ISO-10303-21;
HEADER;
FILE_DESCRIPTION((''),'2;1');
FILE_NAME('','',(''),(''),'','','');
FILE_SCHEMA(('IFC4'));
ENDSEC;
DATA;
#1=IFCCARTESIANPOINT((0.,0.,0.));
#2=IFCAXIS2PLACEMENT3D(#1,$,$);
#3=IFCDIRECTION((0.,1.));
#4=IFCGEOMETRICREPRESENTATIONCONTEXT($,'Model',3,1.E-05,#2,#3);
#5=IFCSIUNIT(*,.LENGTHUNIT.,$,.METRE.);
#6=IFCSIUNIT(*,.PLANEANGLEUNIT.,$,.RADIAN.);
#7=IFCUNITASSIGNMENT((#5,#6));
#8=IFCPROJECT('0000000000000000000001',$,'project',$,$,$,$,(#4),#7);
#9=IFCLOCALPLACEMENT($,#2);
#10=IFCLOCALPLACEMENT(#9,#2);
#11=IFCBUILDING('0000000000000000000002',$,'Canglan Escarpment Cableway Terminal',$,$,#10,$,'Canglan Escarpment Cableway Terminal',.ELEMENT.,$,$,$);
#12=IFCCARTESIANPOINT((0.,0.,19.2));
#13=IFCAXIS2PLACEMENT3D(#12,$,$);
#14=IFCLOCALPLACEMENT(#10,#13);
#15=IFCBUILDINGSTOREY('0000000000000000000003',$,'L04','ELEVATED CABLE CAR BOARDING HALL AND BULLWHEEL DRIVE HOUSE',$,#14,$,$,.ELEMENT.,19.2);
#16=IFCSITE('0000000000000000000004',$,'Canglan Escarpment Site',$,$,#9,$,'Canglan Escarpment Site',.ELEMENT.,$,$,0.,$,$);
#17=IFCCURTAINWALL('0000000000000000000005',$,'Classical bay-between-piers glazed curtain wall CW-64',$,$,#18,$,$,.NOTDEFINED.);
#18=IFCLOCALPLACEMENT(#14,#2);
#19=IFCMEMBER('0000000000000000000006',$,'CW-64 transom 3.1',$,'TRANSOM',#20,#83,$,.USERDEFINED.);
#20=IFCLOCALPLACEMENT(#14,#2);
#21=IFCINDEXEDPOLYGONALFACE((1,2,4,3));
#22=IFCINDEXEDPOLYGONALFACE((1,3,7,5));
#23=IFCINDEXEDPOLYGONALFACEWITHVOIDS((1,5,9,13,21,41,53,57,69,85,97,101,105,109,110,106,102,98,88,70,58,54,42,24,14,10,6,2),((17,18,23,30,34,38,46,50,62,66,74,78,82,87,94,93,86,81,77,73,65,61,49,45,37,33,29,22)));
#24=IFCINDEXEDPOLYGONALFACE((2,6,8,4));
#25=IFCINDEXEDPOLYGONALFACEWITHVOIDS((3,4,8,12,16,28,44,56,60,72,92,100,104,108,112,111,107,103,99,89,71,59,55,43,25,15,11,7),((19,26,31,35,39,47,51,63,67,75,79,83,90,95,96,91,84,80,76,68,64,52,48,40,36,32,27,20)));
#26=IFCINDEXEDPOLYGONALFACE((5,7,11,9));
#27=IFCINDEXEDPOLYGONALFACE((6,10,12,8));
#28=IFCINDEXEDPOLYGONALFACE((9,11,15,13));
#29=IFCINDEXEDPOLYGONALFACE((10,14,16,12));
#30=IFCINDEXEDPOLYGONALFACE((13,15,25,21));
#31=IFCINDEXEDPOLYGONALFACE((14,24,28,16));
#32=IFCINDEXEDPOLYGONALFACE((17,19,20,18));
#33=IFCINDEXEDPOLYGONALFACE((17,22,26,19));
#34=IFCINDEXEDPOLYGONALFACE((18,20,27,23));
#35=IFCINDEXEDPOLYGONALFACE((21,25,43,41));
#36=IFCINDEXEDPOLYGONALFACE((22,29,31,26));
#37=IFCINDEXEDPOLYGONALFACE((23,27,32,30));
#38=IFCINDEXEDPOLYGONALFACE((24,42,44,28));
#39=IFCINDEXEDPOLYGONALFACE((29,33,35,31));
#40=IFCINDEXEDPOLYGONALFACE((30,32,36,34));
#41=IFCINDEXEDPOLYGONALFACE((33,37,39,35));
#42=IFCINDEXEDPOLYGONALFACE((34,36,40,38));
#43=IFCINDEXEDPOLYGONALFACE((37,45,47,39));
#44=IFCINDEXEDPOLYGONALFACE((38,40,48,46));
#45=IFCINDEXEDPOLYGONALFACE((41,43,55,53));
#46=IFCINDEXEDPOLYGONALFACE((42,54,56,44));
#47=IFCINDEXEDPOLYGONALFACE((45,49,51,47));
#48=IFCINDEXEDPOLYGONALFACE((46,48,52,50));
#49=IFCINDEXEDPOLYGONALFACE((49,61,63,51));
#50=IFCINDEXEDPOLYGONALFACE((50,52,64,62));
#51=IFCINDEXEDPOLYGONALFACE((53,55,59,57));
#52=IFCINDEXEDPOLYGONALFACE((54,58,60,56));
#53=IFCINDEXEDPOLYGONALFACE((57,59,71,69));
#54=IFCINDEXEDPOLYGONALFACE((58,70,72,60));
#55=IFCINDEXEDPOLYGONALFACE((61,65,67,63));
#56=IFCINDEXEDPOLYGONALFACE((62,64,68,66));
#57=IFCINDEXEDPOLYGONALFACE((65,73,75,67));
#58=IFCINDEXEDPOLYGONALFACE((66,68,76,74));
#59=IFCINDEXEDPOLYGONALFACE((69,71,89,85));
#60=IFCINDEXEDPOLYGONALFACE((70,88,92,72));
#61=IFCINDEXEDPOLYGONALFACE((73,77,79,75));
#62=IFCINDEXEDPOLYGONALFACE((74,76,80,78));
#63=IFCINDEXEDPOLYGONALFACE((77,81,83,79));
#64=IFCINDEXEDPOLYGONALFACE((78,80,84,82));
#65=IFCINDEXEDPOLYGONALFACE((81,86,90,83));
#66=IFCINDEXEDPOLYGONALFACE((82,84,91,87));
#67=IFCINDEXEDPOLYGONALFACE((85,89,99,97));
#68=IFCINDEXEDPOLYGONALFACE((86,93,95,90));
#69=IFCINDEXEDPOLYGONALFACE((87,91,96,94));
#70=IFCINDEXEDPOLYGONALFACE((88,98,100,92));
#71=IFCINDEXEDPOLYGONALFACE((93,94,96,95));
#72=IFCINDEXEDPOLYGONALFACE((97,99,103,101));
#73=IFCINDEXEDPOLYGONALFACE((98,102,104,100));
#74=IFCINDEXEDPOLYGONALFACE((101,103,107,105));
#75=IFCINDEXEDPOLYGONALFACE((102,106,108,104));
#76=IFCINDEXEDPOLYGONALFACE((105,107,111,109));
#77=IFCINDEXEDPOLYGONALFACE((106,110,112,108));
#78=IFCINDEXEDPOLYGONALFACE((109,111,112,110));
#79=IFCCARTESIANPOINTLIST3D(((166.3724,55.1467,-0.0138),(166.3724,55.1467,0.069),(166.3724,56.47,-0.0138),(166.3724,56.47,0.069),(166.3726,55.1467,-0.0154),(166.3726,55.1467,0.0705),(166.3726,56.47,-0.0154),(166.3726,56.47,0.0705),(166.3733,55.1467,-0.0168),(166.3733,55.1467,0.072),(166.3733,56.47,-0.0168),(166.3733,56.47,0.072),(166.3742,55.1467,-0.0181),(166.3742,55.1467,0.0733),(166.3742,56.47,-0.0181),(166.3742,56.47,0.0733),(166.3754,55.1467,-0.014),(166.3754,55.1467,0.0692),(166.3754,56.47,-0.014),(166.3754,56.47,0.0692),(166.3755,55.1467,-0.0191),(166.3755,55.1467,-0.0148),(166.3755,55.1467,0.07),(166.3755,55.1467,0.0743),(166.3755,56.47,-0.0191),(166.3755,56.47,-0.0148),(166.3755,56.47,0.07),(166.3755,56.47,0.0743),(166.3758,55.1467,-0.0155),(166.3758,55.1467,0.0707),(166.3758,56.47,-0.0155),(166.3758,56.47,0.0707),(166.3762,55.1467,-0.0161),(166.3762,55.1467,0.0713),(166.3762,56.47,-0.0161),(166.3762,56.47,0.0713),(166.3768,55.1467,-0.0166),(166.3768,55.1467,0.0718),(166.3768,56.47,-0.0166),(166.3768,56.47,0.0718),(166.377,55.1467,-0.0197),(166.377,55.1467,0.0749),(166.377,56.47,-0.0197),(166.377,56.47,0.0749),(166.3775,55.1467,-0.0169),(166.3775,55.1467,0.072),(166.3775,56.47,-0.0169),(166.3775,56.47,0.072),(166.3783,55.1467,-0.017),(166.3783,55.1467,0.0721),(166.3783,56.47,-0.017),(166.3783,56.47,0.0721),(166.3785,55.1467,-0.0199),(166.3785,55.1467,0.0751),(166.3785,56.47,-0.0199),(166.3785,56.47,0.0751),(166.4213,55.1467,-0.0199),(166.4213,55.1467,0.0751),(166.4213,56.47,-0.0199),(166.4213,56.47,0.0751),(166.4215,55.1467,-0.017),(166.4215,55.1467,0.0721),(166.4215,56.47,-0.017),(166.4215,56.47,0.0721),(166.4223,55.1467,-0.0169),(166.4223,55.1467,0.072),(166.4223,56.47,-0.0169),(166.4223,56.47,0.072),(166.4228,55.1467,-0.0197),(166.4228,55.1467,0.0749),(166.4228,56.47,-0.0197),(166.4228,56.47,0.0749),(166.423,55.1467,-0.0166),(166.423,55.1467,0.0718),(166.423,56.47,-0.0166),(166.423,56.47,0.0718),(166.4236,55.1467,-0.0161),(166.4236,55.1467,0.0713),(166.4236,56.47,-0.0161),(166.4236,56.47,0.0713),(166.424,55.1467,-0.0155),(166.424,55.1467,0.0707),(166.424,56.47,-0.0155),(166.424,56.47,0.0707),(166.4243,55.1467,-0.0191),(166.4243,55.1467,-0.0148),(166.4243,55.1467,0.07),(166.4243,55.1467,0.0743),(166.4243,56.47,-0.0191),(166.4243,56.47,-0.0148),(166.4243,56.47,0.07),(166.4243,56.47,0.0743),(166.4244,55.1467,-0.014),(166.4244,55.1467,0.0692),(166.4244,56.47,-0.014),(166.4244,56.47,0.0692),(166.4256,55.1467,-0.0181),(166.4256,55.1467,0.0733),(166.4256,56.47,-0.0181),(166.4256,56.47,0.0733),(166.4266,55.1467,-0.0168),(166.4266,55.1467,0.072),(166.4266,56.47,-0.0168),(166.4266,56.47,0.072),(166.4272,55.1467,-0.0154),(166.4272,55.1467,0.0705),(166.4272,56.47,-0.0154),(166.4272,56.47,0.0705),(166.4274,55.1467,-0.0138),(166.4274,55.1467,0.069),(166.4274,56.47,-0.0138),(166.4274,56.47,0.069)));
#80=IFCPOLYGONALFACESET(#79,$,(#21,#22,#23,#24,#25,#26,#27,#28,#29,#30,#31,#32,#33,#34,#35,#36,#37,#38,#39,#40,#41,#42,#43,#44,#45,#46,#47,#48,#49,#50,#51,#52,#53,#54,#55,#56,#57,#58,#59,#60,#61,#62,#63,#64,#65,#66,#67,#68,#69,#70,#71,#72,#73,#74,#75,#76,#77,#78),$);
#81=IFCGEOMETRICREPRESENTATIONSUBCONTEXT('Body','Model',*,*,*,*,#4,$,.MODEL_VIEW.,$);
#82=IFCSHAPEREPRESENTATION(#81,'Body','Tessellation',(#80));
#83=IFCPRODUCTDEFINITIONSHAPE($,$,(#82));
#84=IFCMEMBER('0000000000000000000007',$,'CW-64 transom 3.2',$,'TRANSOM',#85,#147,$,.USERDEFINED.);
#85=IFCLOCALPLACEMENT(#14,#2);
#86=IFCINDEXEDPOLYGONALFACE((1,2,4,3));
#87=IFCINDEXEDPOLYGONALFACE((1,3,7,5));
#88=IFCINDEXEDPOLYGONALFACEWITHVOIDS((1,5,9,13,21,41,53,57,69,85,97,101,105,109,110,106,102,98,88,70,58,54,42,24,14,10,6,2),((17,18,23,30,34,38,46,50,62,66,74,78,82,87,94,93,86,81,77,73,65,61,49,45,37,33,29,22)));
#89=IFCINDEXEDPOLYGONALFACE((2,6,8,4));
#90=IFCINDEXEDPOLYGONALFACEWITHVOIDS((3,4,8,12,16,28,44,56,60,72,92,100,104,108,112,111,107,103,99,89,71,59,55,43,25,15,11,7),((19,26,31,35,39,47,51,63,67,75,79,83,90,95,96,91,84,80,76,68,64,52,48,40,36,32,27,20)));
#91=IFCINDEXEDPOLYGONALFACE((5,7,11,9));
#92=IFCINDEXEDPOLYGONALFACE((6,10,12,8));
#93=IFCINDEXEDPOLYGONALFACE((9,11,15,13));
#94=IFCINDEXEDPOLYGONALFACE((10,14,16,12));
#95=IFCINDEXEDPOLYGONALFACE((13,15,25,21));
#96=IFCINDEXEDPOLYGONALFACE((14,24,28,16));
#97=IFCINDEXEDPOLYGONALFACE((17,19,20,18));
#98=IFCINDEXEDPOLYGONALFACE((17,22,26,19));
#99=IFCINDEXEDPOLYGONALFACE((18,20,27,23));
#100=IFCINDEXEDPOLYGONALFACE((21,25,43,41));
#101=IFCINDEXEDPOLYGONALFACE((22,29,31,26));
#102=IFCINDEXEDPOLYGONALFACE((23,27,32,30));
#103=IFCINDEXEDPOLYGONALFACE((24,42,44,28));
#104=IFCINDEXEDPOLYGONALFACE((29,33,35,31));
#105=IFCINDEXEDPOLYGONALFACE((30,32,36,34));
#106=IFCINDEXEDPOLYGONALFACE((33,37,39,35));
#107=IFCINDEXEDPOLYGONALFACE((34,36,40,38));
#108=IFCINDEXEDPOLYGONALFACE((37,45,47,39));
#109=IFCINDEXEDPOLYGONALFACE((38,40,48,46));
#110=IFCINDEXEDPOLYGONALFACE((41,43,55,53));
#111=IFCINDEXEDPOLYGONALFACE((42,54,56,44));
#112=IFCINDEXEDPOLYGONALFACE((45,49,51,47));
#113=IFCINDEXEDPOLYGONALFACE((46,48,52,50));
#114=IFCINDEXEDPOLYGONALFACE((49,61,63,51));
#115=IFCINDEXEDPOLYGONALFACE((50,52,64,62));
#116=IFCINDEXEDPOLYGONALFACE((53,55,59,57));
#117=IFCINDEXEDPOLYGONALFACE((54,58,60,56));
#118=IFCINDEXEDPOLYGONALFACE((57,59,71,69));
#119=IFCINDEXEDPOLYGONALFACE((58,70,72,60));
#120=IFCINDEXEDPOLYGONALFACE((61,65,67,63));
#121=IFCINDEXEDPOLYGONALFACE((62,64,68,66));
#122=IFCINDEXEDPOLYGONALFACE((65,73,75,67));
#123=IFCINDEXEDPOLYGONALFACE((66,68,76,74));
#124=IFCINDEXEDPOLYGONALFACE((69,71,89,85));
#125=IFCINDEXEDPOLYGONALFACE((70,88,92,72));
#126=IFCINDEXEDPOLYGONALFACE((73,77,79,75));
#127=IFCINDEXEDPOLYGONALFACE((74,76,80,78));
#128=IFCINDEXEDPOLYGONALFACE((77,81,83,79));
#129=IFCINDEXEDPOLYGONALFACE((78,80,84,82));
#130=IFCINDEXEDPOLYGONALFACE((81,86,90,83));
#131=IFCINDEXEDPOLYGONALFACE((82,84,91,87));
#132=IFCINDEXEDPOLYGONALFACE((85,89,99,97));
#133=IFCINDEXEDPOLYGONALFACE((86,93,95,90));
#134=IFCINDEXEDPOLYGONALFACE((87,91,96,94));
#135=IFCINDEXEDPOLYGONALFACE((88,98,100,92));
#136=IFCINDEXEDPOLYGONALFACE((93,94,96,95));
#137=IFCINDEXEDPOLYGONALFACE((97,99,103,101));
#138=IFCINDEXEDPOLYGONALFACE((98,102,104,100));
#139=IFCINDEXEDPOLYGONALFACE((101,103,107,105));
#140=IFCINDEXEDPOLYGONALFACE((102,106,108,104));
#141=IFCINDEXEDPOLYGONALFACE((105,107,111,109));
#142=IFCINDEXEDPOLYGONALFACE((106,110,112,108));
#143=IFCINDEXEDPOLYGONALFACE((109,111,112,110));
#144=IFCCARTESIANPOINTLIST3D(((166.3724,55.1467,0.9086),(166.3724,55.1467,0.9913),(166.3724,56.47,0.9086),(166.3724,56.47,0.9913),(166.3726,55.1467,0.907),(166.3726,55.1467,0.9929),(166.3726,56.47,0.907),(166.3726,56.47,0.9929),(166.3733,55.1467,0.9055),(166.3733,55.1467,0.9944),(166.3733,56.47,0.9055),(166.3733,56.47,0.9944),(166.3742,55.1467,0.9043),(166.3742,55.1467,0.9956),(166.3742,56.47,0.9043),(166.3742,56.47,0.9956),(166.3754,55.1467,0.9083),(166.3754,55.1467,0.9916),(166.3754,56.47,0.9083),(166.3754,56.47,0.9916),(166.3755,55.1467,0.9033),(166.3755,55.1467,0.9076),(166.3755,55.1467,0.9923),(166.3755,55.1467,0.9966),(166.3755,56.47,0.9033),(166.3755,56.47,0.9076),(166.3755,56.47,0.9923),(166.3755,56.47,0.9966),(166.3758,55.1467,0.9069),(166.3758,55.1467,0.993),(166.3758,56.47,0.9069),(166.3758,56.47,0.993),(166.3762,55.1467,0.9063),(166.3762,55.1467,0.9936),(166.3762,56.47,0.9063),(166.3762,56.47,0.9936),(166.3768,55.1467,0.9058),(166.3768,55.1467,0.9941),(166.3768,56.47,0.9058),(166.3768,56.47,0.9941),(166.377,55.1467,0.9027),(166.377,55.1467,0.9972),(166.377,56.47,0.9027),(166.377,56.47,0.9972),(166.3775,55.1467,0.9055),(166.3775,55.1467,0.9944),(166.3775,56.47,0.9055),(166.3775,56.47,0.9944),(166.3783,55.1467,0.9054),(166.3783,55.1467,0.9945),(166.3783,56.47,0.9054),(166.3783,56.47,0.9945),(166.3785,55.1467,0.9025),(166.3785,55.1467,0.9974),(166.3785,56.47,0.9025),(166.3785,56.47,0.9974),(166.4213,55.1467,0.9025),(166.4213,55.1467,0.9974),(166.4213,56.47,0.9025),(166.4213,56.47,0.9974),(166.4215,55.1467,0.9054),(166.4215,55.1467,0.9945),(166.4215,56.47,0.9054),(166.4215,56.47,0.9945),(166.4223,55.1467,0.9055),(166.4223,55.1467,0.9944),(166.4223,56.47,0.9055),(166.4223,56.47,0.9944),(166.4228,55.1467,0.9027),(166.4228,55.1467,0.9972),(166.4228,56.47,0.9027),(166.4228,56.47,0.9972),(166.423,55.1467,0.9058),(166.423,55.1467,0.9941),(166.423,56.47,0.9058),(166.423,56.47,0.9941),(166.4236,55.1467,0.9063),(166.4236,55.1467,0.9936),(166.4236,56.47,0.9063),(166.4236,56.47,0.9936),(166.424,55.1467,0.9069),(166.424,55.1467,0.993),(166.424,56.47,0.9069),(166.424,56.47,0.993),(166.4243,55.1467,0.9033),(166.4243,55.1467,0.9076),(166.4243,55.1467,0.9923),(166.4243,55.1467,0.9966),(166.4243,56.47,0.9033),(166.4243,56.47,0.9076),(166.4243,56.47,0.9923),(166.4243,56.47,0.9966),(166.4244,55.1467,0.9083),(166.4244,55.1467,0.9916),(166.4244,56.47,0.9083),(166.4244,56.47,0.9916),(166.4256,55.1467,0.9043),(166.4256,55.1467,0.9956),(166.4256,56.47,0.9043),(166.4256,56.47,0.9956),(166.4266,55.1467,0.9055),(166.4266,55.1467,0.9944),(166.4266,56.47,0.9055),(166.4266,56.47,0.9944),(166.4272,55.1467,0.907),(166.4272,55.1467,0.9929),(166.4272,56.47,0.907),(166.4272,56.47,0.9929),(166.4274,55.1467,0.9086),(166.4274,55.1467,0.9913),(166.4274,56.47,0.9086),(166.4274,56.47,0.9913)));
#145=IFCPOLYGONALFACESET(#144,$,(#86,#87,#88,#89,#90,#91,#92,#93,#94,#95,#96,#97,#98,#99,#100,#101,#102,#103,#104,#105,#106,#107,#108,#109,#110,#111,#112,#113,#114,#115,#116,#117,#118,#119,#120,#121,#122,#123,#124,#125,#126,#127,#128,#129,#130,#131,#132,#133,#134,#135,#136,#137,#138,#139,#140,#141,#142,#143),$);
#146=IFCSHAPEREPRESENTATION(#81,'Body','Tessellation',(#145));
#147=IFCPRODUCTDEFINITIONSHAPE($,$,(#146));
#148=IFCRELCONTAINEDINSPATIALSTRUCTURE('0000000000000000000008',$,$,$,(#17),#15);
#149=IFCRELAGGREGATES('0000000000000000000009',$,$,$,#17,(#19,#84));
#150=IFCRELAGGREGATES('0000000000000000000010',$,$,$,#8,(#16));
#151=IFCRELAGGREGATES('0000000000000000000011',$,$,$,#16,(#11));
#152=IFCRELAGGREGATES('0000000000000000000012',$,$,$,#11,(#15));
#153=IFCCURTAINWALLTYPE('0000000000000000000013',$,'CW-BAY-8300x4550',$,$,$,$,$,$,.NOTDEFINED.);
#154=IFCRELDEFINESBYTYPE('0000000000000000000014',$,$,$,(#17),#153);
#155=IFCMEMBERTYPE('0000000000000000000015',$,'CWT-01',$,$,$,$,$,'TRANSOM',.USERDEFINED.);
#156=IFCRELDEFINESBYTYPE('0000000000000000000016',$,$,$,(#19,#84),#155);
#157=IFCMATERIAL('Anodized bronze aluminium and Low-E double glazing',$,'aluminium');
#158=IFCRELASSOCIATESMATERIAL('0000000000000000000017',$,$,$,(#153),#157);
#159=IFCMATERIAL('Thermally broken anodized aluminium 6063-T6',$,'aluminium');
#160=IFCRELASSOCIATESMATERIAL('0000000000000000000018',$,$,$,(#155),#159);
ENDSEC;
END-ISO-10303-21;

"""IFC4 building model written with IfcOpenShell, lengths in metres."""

from ifc_helpers import new_model, si_unit, direction, frame, origin, origin_2d, place, context, subcontext, project, spatial, hollow_rectangle, extrude, material, material_profile, profile_set, type_object, element, aggregate, save


model = new_model("IFC4")

# Units and contexts
model_context = context("Model", 3, precision=1e-05, world=origin(), true_north=direction((0.0, 1.0)))
body_context = subcontext(model_context, "Body", "Model", "MODEL_VIEW")
ifc_project = project(units=[si_unit("LENGTHUNIT", "METRE"), si_unit("PLANEANGLEUNIT", "RADIAN")], contexts=[model_context])

# Site, building, storey
site_placement = place(None, origin())
site = spatial("IfcSite", under=ifc_project, at=site_placement, Name="Canglan Escarpment Site", LongName="Canglan Escarpment Site", CompositionType="ELEMENT", RefElevation=0.0)
building_placement = place(site_placement, origin())
building = spatial("IfcBuilding", under=site, at=building_placement, Name="Canglan Escarpment Cableway Terminal", LongName="Canglan Escarpment Cableway Terminal", CompositionType="ELEMENT")
storey_placement = place(building_placement, frame((0.0, 0.0, 19.2)))
storey = spatial("IfcBuildingStorey", under=building, at=storey_placement, Name="L04", Description="ELEVATED CABLE CAR BOARDING HALL AND BULLWHEEL DRIVE HOUSE", CompositionType="ELEMENT", Elevation=19.2)

# Curtain wall, members
ifc_material_1 = material(Name="Anodized bronze aluminium and Low-E double glazing", Category="aluminium")
curtain_wall_type = type_object("IfcCurtainWallType", Name="CW-BAY-8300x4550", PredefinedType="NOTDEFINED", material=ifc_material_1)
curtain_wall_placement = place(storey_placement, origin())
curtain_wall = element("IfcCurtainWall", 1, at=curtain_wall_placement, inside=storey, type_object=curtain_wall_type, Name="Classical bay-between-piers glazed curtain wall CW-64", PredefinedType="NOTDEFINED")
ifc_material_2 = material(Name="Thermally broken anodized aluminium 6063-T6", Category="aluminium")
ifc_material_profile_1 = material_profile(ifc_material_2, hollow_rectangle(XDim=0.0549, YDim=0.095, WallThickness=0.0029, InnerFilletRadius=0.0029, OuterFilletRadius=0.0061, at=origin_2d()), Name="ALU-TRAN 55x95x3")
ifc_profile_set_1 = profile_set([ifc_material_profile_1], Name="Thermally broken anodized aluminium 6063-T6")
member_type_1 = type_object("IfcMemberType", Name="CWT-01", ElementType="TRANSOM", PredefinedType="USERDEFINED", material=ifc_profile_set_1)
member_1_placement = place(storey_placement, frame((166.3999, 55.1467, 0.0276), z_axis=(0.0, 1.0, 0.0), x_axis=(-1.0, 0.0, 0.0)))
member_1 = element("IfcMember", 2, at=member_1_placement, type_object=member_type_1, Name="CW-64 transom 3.1", ObjectType="TRANSOM", PredefinedType="USERDEFINED", context=body_context, shape_type="SweptSolid", body=[
    extrude(hollow_rectangle(XDim=0.0549, YDim=0.095, WallThickness=0.0029, InnerFilletRadius=0.0029, OuterFilletRadius=0.0061, at=origin_2d()), origin(), (0.0, 0.0, 1.0), 1.3232),
])
member_2_placement = place(storey_placement, frame((166.3999, 55.1467, 0.95), z_axis=(0.0, 1.0, 0.0), x_axis=(-1.0, 0.0, 0.0)))
member_2 = element("IfcMember", 3, at=member_2_placement, type_object=member_type_1, Name="CW-64 transom 3.2", ObjectType="TRANSOM", PredefinedType="USERDEFINED", context=body_context, shape_type="SweptSolid", body=[
    extrude(hollow_rectangle(XDim=0.0549, YDim=0.095, WallThickness=0.0029, InnerFilletRadius=0.0029, OuterFilletRadius=0.0061, at=origin_2d()), origin(), (0.0, 0.0, 1.0), 1.3232),
])
aggregate(curtain_wall, [member_1, member_2])

save(model, "model.ifc")
